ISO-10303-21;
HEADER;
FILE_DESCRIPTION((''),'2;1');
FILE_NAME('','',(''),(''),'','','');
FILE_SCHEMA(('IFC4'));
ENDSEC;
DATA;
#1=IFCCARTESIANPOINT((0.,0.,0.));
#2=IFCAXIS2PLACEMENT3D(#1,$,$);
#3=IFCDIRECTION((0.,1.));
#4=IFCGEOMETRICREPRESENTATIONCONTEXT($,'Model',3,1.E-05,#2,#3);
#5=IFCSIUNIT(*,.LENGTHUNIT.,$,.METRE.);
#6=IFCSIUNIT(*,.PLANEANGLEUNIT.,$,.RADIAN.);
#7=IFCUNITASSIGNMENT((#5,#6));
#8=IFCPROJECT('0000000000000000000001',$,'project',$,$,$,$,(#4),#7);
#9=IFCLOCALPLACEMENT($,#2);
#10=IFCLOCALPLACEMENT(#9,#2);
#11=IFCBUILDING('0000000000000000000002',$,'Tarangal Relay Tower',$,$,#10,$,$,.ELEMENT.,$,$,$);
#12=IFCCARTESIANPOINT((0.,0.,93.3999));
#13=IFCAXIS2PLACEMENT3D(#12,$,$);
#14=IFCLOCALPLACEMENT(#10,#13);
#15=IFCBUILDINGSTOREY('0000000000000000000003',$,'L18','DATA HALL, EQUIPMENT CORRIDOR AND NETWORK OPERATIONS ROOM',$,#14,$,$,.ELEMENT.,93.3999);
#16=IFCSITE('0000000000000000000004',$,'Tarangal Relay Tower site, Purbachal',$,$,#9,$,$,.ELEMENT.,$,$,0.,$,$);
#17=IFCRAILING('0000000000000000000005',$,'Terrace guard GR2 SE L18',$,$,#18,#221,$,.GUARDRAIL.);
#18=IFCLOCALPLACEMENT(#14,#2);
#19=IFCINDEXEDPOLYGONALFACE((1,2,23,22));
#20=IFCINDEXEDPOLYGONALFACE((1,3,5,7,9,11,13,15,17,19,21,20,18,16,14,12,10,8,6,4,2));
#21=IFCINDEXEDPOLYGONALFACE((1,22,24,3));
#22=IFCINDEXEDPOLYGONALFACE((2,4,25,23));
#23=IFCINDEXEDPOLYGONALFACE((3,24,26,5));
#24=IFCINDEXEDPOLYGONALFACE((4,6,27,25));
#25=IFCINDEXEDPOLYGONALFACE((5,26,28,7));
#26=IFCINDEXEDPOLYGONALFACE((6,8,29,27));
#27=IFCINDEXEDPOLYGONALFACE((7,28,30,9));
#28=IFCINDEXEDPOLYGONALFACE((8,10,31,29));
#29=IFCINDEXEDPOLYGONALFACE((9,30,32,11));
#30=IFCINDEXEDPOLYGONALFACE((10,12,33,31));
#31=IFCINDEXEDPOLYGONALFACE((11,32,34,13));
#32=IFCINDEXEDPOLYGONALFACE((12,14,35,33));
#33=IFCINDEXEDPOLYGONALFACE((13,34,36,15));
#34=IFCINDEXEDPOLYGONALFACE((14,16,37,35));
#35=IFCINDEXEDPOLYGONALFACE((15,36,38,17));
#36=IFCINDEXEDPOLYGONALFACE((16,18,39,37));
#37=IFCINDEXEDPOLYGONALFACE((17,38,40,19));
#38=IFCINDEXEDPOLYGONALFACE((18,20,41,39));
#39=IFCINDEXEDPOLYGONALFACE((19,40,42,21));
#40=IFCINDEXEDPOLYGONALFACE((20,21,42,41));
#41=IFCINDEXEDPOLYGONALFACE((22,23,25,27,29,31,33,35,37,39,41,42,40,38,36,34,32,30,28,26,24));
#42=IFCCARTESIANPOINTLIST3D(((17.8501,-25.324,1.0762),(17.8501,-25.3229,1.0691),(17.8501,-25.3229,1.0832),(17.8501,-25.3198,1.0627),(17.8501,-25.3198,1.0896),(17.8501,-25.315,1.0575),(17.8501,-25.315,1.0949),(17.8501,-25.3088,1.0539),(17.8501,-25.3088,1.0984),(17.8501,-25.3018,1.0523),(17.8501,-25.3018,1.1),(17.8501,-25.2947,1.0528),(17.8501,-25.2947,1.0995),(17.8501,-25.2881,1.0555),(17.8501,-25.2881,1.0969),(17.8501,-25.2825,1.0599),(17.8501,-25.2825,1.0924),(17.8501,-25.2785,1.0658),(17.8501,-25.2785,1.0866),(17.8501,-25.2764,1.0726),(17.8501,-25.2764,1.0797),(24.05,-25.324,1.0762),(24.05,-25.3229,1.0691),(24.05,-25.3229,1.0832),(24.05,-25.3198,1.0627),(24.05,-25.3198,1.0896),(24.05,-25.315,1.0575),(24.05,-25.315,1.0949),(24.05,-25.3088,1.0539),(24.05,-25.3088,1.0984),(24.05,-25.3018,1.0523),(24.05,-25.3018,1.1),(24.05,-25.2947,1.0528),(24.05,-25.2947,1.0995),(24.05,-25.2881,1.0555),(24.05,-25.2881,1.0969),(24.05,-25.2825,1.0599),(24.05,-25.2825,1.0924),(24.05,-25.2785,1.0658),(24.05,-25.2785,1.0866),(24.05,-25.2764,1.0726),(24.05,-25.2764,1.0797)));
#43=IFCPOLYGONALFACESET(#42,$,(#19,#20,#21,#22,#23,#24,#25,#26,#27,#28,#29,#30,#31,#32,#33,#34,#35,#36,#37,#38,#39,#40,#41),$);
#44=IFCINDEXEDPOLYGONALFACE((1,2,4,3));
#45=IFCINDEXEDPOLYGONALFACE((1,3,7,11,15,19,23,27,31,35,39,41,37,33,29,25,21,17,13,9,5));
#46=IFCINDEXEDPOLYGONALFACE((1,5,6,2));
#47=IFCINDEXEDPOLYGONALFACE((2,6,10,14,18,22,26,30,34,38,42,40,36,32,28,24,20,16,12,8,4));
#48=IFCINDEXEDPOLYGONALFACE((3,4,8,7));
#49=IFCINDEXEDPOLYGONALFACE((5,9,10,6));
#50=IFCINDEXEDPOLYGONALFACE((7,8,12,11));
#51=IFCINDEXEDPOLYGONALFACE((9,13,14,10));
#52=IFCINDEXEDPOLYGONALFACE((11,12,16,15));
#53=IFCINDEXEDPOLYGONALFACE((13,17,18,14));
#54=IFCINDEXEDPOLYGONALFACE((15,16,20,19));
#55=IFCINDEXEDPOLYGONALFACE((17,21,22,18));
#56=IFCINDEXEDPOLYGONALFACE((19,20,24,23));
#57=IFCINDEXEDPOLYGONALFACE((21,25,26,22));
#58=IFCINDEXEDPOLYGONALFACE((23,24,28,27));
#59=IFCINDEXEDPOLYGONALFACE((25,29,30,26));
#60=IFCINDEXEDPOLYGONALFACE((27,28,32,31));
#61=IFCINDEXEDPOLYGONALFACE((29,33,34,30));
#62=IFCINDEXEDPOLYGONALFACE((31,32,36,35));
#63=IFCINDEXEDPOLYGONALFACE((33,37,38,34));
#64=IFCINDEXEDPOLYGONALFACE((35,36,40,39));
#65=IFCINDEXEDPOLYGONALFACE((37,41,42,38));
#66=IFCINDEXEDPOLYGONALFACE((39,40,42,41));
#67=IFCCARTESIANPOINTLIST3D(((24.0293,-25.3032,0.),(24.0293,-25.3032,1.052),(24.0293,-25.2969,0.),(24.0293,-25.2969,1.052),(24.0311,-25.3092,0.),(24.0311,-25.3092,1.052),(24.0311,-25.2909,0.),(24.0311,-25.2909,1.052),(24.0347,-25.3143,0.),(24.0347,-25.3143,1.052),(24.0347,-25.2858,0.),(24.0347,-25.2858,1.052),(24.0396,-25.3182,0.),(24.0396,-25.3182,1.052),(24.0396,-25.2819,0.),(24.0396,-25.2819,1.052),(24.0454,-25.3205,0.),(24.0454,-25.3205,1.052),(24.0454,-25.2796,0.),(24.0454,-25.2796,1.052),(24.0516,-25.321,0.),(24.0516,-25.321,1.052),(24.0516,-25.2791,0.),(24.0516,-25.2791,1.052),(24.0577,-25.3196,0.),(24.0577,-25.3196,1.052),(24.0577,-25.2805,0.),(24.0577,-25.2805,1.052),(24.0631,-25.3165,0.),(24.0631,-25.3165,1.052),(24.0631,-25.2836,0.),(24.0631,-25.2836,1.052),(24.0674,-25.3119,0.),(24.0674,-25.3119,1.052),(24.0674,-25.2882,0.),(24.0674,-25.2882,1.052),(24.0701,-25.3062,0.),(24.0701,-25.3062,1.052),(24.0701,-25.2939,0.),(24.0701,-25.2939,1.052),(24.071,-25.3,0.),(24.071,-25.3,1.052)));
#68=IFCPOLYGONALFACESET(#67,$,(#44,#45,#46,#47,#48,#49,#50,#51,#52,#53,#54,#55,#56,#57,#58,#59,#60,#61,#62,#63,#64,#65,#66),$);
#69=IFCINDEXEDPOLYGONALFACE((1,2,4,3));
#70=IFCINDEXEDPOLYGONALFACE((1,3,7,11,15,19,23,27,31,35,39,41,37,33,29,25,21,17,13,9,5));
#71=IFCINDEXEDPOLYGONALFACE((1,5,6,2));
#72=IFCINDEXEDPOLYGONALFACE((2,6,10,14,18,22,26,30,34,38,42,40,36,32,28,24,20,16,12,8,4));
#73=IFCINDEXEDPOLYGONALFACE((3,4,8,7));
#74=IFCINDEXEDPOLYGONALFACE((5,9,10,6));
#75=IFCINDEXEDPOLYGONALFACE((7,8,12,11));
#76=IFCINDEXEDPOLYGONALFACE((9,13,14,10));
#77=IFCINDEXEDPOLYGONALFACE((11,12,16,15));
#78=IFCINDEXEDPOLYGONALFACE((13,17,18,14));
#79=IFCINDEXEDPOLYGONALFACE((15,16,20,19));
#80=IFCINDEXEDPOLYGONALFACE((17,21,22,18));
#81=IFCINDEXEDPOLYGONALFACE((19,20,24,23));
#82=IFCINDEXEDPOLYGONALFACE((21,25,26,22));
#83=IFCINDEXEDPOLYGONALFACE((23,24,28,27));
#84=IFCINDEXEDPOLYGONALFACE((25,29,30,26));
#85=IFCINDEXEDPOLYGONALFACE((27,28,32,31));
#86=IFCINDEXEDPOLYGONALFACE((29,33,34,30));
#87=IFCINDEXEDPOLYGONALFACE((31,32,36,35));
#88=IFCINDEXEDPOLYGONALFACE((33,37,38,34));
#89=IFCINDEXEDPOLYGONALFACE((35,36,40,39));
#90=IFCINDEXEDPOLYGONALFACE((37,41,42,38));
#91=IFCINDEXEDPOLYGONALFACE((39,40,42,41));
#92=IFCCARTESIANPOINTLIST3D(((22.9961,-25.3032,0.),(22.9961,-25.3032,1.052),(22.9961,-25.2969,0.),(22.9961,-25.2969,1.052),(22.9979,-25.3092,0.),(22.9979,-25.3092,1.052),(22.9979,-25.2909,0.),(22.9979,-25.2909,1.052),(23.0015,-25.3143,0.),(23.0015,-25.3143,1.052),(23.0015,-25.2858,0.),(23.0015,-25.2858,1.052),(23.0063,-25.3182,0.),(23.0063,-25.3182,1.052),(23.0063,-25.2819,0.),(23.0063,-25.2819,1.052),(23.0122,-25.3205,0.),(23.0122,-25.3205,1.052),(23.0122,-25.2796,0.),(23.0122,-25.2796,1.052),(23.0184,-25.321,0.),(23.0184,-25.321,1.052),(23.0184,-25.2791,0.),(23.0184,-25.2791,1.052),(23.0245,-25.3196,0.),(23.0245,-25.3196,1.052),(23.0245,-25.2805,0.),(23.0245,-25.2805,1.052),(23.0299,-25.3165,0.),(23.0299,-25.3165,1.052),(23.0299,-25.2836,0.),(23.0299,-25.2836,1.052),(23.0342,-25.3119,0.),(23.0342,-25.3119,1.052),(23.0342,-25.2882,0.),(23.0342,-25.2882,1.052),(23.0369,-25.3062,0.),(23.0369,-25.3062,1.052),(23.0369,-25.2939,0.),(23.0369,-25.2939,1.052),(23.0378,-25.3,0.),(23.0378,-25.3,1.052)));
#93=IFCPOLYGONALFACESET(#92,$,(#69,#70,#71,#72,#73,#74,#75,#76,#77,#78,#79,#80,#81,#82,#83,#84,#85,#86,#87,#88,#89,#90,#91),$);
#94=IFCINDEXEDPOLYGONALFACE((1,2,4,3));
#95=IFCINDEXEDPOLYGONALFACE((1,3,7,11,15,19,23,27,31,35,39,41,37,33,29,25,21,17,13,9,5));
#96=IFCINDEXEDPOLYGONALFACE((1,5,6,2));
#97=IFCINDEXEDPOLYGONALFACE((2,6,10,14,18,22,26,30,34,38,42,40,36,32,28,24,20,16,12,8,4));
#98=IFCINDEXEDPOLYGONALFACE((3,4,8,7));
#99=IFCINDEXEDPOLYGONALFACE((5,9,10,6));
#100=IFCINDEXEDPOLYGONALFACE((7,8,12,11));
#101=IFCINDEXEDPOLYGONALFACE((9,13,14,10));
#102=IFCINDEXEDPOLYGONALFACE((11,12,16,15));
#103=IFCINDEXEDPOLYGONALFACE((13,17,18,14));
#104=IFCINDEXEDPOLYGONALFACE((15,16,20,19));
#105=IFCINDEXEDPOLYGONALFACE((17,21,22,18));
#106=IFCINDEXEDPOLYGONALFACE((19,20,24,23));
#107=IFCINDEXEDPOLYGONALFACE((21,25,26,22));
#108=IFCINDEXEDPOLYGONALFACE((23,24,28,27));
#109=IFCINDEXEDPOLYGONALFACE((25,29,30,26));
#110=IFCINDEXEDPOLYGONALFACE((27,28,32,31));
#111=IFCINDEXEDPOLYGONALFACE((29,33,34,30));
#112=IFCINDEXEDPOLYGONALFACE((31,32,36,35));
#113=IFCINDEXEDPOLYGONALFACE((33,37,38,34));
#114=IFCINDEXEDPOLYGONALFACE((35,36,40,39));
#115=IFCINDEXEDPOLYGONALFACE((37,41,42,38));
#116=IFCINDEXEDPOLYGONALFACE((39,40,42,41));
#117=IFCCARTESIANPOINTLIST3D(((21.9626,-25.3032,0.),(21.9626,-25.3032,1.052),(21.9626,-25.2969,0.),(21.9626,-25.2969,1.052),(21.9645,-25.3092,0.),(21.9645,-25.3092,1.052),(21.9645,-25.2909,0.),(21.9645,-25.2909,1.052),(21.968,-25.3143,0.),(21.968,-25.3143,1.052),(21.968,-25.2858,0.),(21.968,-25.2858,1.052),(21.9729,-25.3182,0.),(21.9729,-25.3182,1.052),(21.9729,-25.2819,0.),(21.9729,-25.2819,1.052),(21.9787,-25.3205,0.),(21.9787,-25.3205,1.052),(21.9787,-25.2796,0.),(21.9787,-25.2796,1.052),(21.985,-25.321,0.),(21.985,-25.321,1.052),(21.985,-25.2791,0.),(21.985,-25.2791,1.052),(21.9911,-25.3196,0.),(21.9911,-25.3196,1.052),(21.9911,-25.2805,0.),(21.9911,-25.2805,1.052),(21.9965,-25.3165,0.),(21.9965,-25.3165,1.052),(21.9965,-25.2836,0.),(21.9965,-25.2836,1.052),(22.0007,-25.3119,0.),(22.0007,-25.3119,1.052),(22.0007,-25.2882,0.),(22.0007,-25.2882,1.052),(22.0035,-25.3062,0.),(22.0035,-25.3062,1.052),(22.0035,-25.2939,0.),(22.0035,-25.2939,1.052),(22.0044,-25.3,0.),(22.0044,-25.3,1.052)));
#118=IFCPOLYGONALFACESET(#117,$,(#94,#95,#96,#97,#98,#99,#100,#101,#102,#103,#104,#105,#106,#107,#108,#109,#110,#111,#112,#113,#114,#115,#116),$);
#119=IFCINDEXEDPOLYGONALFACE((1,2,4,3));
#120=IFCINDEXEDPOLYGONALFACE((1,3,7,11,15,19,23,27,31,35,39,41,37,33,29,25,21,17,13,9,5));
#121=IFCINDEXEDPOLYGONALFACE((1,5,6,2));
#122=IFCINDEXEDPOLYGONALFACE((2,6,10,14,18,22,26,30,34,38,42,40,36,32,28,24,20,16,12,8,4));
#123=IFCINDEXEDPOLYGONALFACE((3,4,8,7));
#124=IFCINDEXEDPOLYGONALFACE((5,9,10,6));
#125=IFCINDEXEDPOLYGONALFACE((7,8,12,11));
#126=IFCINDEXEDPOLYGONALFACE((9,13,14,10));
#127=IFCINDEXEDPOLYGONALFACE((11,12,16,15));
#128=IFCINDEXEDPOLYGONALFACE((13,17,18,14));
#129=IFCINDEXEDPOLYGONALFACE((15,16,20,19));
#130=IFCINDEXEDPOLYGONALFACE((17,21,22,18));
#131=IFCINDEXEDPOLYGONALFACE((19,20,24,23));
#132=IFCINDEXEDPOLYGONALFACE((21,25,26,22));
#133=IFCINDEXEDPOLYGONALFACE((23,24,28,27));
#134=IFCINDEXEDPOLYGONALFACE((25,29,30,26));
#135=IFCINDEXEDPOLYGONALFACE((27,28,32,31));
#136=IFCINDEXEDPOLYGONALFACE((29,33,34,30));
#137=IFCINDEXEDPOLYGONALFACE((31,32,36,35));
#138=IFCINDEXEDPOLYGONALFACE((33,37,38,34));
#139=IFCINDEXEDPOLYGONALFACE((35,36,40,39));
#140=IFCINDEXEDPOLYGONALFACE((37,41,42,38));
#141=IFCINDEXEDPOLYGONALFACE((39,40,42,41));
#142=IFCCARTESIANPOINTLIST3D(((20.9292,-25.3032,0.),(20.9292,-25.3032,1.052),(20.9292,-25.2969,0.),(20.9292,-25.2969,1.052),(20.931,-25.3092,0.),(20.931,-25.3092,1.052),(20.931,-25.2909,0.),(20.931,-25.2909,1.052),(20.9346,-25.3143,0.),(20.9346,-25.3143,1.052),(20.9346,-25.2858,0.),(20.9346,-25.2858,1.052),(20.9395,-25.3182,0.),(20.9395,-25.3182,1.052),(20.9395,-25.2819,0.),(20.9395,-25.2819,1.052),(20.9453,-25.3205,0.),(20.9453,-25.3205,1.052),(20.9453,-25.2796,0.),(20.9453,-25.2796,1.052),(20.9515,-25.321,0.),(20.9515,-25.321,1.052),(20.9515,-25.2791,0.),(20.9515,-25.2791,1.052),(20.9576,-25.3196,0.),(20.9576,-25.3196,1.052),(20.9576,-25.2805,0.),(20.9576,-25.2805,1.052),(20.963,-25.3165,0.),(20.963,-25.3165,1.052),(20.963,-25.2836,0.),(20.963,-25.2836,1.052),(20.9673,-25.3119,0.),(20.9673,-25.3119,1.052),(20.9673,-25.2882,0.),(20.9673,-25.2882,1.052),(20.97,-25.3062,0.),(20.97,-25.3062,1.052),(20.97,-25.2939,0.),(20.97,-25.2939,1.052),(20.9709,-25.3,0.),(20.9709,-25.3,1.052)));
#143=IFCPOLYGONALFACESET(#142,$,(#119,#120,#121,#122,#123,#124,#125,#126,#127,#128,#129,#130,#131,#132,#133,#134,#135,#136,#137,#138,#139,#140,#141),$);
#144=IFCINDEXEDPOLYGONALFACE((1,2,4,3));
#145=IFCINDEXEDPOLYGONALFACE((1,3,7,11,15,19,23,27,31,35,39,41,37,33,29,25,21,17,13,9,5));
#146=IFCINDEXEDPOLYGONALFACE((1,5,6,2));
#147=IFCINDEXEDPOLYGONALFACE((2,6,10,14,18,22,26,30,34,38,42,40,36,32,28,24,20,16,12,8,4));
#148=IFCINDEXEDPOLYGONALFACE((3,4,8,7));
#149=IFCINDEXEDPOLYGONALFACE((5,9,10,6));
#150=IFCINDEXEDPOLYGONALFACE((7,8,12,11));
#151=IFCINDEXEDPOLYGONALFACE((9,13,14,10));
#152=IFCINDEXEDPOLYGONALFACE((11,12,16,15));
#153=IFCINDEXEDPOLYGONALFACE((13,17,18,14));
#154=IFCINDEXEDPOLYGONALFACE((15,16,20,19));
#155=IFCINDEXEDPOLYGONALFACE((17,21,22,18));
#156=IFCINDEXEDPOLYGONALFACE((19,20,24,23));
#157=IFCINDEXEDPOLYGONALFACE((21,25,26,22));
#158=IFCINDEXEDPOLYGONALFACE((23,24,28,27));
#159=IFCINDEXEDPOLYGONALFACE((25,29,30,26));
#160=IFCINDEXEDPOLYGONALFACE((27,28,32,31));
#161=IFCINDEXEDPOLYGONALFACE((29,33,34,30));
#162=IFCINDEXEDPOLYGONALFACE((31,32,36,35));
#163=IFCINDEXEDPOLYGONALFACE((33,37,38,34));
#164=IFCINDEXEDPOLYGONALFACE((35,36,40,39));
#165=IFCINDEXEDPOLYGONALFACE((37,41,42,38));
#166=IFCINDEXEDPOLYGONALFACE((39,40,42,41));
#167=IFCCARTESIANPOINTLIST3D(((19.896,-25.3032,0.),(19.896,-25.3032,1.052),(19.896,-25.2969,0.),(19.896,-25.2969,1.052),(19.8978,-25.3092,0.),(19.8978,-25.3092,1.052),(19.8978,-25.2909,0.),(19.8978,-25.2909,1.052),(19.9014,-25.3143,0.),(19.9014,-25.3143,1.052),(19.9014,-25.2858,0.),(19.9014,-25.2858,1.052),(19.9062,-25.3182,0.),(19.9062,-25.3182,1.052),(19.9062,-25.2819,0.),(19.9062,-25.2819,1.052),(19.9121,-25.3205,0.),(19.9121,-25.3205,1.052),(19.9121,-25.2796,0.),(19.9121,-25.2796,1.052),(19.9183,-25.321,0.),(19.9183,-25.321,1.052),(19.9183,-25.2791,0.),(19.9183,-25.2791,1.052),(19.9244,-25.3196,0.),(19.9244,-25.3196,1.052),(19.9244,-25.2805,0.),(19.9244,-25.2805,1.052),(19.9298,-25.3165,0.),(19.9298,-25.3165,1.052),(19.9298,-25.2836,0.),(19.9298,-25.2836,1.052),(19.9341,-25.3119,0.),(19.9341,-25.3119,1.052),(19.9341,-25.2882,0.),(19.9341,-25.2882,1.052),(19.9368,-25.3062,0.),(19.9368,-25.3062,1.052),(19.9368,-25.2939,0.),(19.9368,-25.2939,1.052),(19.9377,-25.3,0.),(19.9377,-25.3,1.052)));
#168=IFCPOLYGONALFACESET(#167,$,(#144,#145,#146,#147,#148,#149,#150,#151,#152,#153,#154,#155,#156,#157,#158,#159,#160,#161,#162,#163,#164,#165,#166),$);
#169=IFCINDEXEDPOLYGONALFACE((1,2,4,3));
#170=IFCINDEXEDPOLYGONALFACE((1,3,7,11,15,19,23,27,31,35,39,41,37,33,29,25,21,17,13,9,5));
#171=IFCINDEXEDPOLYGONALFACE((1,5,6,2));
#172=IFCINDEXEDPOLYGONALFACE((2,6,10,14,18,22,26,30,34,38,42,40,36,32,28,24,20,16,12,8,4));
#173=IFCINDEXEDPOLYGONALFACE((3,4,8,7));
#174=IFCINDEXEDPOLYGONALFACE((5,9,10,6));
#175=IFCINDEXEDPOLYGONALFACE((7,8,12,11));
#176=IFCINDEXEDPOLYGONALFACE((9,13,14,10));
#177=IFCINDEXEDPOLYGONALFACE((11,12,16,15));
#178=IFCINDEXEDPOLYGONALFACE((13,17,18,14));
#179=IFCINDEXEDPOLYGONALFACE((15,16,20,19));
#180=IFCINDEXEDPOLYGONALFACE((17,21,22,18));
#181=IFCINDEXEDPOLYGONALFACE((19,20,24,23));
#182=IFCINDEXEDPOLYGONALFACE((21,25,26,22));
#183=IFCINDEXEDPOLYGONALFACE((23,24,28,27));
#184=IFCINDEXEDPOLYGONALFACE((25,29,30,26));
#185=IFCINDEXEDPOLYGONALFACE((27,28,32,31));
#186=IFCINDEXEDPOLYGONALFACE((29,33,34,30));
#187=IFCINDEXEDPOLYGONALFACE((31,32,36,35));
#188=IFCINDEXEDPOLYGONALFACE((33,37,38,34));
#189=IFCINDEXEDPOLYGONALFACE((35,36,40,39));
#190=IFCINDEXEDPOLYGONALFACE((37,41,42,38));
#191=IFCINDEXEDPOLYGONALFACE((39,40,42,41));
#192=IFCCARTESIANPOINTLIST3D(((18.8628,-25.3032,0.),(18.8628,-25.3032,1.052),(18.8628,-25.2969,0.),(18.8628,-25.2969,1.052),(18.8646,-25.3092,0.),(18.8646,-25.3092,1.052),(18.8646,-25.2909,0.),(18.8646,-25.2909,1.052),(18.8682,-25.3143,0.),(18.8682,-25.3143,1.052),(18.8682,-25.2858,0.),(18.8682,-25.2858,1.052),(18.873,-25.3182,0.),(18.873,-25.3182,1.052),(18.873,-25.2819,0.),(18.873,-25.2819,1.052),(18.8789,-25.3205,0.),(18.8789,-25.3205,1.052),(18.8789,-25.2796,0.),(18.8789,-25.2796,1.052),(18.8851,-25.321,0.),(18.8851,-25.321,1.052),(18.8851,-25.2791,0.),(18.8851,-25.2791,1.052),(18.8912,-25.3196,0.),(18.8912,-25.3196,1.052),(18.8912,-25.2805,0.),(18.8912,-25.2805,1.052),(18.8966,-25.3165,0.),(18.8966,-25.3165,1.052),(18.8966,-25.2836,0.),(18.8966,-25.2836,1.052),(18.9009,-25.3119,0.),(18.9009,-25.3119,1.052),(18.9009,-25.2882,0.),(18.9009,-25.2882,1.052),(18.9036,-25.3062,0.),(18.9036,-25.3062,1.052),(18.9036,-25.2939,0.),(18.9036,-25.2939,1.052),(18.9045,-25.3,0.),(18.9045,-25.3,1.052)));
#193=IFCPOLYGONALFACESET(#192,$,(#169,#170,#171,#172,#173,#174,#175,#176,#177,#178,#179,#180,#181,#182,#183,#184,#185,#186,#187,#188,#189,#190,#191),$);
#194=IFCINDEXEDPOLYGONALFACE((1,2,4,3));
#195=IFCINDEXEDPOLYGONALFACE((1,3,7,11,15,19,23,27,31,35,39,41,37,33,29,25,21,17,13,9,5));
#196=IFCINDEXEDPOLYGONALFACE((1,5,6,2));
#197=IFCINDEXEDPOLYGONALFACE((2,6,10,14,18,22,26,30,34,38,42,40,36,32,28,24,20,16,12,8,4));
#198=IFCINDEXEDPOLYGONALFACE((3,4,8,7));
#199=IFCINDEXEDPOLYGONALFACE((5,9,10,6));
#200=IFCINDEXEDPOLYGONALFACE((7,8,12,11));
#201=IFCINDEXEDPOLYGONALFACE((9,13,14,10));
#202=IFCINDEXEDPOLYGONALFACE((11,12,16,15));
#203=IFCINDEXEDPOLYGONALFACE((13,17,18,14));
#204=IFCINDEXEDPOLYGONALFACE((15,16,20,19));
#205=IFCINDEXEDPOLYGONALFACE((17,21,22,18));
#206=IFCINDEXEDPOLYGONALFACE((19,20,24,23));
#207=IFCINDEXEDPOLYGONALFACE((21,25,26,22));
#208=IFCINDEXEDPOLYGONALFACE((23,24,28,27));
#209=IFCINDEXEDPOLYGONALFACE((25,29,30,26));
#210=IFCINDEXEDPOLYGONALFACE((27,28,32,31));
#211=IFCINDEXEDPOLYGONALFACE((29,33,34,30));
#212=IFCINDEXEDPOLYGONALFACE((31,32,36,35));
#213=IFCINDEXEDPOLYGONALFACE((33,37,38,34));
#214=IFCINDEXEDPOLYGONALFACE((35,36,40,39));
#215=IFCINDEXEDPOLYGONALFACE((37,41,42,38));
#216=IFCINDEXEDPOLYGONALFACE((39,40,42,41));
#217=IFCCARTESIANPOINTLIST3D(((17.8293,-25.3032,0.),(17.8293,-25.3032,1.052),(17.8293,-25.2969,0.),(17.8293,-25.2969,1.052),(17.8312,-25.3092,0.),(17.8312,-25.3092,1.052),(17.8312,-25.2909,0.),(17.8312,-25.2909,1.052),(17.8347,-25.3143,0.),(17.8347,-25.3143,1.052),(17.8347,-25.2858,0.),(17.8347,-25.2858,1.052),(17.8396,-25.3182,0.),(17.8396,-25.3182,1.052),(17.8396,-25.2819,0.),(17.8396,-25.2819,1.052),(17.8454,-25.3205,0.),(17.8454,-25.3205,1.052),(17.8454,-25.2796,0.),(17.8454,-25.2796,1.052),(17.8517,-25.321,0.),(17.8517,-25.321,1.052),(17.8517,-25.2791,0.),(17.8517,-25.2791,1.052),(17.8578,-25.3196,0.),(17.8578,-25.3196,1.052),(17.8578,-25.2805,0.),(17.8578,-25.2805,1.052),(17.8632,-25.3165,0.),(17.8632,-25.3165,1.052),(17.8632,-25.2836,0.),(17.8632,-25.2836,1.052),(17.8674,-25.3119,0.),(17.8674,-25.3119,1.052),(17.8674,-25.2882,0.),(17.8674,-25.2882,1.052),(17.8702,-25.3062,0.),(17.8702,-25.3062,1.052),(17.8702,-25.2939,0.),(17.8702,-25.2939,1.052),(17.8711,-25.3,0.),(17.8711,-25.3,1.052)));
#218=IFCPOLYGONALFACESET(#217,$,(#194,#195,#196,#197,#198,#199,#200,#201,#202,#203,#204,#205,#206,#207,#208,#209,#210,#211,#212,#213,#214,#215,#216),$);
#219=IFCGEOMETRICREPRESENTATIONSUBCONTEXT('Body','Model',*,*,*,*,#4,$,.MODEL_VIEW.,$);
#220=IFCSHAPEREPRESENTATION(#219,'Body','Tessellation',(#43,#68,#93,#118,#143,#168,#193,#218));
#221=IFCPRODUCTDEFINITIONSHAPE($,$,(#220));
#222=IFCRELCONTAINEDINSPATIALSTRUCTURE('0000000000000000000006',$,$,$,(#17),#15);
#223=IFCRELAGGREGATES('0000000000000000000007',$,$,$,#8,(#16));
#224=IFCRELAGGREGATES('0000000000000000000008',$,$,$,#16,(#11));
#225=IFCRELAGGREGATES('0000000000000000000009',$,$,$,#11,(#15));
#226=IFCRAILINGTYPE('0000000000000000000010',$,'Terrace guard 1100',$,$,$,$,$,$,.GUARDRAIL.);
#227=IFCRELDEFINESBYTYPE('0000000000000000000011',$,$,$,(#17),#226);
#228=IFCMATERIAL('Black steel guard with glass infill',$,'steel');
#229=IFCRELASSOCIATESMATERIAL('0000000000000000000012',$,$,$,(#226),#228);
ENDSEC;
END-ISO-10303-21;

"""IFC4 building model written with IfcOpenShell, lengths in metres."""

from ifc_helpers import new_model, si_unit, direction, frame, origin, origin_2d, place, context, subcontext, project, spatial, circle, extrude, material, type_object, element, save


model = new_model("IFC4")

# Units and contexts
model_context = context("Model", 3, precision=1e-05, world=origin(), true_north=direction((0.0, 1.0)))
body_context = subcontext(model_context, "Body", "Model", "MODEL_VIEW")
ifc_project = project(units=[si_unit("LENGTHUNIT", "METRE"), si_unit("PLANEANGLEUNIT", "RADIAN")], contexts=[model_context])

# Site, building, storey
site_placement = place(None, origin())
site = spatial("IfcSite", under=ifc_project, at=site_placement, Name="Tarangal Relay Tower site, Purbachal", CompositionType="ELEMENT", RefElevation=0.0)
building_placement = place(site_placement, origin())
building = spatial("IfcBuilding", under=site, at=building_placement, Name="Tarangal Relay Tower", CompositionType="ELEMENT")
storey_placement = place(building_placement, frame((0.0, 0.0, 93.3999)))
storey = spatial("IfcBuildingStorey", under=building, at=storey_placement, Name="L18", Description="DATA HALL, EQUIPMENT CORRIDOR AND NETWORK OPERATIONS ROOM", CompositionType="ELEMENT", Elevation=93.3999)

# Railing
ifc_material_1 = material(Name="Black steel guard with glass infill", Category="steel")
railing_type = type_object("IfcRailingType", Name="Terrace guard 1100", PredefinedType="GUARDRAIL", material=ifc_material_1)
railing_1_placement = place(storey_placement, frame((24.05, -25.3, 0.0)))
element("IfcRailing", 1, at=railing_1_placement, inside=storey, type_object=railing_type, Name="Terrace guard GR2 SE L18", PredefinedType="GUARDRAIL", context=body_context, shape_type="SweptSolid", body=[
    extrude(circle(Radius=0.0239, at=origin_2d()), frame((0.0, 0.0, 1.0762), z_axis=(-1.0, 0.0, 0.0), x_axis=(0.0, -1.0, 0.0)), (0.0, 0.0, 1.0), 6.2),
    extrude(circle(Radius=0.021, at=origin_2d()), origin(), (0.0, 0.0, 1.0), 1.052),
    extrude(circle(Radius=0.021, at=origin_2d()), frame((-1.0332, 0.0, 0.0)), (0.0, 0.0, 1.0), 1.052),
    extrude(circle(Radius=0.021, at=origin_2d()), frame((-2.0667, 0.0, 0.0)), (0.0, 0.0, 1.0), 1.052),
    extrude(circle(Radius=0.021, at=origin_2d()), frame((-3.1001, 0.0, 0.0)), (0.0, 0.0, 1.0), 1.052),
    extrude(circle(Radius=0.021, at=origin_2d()), frame((-4.1333, 0.0, 0.0)), (0.0, 0.0, 1.0), 1.052),
    extrude(circle(Radius=0.021, at=origin_2d()), frame((-5.1665, 0.0, 0.0)), (0.0, 0.0, 1.0), 1.052),
    extrude(circle(Radius=0.021, at=origin_2d()), frame((-6.2, 0.0, 0.0)), (0.0, 0.0, 1.0), 1.052),
])

save(model, "model.ifc")
